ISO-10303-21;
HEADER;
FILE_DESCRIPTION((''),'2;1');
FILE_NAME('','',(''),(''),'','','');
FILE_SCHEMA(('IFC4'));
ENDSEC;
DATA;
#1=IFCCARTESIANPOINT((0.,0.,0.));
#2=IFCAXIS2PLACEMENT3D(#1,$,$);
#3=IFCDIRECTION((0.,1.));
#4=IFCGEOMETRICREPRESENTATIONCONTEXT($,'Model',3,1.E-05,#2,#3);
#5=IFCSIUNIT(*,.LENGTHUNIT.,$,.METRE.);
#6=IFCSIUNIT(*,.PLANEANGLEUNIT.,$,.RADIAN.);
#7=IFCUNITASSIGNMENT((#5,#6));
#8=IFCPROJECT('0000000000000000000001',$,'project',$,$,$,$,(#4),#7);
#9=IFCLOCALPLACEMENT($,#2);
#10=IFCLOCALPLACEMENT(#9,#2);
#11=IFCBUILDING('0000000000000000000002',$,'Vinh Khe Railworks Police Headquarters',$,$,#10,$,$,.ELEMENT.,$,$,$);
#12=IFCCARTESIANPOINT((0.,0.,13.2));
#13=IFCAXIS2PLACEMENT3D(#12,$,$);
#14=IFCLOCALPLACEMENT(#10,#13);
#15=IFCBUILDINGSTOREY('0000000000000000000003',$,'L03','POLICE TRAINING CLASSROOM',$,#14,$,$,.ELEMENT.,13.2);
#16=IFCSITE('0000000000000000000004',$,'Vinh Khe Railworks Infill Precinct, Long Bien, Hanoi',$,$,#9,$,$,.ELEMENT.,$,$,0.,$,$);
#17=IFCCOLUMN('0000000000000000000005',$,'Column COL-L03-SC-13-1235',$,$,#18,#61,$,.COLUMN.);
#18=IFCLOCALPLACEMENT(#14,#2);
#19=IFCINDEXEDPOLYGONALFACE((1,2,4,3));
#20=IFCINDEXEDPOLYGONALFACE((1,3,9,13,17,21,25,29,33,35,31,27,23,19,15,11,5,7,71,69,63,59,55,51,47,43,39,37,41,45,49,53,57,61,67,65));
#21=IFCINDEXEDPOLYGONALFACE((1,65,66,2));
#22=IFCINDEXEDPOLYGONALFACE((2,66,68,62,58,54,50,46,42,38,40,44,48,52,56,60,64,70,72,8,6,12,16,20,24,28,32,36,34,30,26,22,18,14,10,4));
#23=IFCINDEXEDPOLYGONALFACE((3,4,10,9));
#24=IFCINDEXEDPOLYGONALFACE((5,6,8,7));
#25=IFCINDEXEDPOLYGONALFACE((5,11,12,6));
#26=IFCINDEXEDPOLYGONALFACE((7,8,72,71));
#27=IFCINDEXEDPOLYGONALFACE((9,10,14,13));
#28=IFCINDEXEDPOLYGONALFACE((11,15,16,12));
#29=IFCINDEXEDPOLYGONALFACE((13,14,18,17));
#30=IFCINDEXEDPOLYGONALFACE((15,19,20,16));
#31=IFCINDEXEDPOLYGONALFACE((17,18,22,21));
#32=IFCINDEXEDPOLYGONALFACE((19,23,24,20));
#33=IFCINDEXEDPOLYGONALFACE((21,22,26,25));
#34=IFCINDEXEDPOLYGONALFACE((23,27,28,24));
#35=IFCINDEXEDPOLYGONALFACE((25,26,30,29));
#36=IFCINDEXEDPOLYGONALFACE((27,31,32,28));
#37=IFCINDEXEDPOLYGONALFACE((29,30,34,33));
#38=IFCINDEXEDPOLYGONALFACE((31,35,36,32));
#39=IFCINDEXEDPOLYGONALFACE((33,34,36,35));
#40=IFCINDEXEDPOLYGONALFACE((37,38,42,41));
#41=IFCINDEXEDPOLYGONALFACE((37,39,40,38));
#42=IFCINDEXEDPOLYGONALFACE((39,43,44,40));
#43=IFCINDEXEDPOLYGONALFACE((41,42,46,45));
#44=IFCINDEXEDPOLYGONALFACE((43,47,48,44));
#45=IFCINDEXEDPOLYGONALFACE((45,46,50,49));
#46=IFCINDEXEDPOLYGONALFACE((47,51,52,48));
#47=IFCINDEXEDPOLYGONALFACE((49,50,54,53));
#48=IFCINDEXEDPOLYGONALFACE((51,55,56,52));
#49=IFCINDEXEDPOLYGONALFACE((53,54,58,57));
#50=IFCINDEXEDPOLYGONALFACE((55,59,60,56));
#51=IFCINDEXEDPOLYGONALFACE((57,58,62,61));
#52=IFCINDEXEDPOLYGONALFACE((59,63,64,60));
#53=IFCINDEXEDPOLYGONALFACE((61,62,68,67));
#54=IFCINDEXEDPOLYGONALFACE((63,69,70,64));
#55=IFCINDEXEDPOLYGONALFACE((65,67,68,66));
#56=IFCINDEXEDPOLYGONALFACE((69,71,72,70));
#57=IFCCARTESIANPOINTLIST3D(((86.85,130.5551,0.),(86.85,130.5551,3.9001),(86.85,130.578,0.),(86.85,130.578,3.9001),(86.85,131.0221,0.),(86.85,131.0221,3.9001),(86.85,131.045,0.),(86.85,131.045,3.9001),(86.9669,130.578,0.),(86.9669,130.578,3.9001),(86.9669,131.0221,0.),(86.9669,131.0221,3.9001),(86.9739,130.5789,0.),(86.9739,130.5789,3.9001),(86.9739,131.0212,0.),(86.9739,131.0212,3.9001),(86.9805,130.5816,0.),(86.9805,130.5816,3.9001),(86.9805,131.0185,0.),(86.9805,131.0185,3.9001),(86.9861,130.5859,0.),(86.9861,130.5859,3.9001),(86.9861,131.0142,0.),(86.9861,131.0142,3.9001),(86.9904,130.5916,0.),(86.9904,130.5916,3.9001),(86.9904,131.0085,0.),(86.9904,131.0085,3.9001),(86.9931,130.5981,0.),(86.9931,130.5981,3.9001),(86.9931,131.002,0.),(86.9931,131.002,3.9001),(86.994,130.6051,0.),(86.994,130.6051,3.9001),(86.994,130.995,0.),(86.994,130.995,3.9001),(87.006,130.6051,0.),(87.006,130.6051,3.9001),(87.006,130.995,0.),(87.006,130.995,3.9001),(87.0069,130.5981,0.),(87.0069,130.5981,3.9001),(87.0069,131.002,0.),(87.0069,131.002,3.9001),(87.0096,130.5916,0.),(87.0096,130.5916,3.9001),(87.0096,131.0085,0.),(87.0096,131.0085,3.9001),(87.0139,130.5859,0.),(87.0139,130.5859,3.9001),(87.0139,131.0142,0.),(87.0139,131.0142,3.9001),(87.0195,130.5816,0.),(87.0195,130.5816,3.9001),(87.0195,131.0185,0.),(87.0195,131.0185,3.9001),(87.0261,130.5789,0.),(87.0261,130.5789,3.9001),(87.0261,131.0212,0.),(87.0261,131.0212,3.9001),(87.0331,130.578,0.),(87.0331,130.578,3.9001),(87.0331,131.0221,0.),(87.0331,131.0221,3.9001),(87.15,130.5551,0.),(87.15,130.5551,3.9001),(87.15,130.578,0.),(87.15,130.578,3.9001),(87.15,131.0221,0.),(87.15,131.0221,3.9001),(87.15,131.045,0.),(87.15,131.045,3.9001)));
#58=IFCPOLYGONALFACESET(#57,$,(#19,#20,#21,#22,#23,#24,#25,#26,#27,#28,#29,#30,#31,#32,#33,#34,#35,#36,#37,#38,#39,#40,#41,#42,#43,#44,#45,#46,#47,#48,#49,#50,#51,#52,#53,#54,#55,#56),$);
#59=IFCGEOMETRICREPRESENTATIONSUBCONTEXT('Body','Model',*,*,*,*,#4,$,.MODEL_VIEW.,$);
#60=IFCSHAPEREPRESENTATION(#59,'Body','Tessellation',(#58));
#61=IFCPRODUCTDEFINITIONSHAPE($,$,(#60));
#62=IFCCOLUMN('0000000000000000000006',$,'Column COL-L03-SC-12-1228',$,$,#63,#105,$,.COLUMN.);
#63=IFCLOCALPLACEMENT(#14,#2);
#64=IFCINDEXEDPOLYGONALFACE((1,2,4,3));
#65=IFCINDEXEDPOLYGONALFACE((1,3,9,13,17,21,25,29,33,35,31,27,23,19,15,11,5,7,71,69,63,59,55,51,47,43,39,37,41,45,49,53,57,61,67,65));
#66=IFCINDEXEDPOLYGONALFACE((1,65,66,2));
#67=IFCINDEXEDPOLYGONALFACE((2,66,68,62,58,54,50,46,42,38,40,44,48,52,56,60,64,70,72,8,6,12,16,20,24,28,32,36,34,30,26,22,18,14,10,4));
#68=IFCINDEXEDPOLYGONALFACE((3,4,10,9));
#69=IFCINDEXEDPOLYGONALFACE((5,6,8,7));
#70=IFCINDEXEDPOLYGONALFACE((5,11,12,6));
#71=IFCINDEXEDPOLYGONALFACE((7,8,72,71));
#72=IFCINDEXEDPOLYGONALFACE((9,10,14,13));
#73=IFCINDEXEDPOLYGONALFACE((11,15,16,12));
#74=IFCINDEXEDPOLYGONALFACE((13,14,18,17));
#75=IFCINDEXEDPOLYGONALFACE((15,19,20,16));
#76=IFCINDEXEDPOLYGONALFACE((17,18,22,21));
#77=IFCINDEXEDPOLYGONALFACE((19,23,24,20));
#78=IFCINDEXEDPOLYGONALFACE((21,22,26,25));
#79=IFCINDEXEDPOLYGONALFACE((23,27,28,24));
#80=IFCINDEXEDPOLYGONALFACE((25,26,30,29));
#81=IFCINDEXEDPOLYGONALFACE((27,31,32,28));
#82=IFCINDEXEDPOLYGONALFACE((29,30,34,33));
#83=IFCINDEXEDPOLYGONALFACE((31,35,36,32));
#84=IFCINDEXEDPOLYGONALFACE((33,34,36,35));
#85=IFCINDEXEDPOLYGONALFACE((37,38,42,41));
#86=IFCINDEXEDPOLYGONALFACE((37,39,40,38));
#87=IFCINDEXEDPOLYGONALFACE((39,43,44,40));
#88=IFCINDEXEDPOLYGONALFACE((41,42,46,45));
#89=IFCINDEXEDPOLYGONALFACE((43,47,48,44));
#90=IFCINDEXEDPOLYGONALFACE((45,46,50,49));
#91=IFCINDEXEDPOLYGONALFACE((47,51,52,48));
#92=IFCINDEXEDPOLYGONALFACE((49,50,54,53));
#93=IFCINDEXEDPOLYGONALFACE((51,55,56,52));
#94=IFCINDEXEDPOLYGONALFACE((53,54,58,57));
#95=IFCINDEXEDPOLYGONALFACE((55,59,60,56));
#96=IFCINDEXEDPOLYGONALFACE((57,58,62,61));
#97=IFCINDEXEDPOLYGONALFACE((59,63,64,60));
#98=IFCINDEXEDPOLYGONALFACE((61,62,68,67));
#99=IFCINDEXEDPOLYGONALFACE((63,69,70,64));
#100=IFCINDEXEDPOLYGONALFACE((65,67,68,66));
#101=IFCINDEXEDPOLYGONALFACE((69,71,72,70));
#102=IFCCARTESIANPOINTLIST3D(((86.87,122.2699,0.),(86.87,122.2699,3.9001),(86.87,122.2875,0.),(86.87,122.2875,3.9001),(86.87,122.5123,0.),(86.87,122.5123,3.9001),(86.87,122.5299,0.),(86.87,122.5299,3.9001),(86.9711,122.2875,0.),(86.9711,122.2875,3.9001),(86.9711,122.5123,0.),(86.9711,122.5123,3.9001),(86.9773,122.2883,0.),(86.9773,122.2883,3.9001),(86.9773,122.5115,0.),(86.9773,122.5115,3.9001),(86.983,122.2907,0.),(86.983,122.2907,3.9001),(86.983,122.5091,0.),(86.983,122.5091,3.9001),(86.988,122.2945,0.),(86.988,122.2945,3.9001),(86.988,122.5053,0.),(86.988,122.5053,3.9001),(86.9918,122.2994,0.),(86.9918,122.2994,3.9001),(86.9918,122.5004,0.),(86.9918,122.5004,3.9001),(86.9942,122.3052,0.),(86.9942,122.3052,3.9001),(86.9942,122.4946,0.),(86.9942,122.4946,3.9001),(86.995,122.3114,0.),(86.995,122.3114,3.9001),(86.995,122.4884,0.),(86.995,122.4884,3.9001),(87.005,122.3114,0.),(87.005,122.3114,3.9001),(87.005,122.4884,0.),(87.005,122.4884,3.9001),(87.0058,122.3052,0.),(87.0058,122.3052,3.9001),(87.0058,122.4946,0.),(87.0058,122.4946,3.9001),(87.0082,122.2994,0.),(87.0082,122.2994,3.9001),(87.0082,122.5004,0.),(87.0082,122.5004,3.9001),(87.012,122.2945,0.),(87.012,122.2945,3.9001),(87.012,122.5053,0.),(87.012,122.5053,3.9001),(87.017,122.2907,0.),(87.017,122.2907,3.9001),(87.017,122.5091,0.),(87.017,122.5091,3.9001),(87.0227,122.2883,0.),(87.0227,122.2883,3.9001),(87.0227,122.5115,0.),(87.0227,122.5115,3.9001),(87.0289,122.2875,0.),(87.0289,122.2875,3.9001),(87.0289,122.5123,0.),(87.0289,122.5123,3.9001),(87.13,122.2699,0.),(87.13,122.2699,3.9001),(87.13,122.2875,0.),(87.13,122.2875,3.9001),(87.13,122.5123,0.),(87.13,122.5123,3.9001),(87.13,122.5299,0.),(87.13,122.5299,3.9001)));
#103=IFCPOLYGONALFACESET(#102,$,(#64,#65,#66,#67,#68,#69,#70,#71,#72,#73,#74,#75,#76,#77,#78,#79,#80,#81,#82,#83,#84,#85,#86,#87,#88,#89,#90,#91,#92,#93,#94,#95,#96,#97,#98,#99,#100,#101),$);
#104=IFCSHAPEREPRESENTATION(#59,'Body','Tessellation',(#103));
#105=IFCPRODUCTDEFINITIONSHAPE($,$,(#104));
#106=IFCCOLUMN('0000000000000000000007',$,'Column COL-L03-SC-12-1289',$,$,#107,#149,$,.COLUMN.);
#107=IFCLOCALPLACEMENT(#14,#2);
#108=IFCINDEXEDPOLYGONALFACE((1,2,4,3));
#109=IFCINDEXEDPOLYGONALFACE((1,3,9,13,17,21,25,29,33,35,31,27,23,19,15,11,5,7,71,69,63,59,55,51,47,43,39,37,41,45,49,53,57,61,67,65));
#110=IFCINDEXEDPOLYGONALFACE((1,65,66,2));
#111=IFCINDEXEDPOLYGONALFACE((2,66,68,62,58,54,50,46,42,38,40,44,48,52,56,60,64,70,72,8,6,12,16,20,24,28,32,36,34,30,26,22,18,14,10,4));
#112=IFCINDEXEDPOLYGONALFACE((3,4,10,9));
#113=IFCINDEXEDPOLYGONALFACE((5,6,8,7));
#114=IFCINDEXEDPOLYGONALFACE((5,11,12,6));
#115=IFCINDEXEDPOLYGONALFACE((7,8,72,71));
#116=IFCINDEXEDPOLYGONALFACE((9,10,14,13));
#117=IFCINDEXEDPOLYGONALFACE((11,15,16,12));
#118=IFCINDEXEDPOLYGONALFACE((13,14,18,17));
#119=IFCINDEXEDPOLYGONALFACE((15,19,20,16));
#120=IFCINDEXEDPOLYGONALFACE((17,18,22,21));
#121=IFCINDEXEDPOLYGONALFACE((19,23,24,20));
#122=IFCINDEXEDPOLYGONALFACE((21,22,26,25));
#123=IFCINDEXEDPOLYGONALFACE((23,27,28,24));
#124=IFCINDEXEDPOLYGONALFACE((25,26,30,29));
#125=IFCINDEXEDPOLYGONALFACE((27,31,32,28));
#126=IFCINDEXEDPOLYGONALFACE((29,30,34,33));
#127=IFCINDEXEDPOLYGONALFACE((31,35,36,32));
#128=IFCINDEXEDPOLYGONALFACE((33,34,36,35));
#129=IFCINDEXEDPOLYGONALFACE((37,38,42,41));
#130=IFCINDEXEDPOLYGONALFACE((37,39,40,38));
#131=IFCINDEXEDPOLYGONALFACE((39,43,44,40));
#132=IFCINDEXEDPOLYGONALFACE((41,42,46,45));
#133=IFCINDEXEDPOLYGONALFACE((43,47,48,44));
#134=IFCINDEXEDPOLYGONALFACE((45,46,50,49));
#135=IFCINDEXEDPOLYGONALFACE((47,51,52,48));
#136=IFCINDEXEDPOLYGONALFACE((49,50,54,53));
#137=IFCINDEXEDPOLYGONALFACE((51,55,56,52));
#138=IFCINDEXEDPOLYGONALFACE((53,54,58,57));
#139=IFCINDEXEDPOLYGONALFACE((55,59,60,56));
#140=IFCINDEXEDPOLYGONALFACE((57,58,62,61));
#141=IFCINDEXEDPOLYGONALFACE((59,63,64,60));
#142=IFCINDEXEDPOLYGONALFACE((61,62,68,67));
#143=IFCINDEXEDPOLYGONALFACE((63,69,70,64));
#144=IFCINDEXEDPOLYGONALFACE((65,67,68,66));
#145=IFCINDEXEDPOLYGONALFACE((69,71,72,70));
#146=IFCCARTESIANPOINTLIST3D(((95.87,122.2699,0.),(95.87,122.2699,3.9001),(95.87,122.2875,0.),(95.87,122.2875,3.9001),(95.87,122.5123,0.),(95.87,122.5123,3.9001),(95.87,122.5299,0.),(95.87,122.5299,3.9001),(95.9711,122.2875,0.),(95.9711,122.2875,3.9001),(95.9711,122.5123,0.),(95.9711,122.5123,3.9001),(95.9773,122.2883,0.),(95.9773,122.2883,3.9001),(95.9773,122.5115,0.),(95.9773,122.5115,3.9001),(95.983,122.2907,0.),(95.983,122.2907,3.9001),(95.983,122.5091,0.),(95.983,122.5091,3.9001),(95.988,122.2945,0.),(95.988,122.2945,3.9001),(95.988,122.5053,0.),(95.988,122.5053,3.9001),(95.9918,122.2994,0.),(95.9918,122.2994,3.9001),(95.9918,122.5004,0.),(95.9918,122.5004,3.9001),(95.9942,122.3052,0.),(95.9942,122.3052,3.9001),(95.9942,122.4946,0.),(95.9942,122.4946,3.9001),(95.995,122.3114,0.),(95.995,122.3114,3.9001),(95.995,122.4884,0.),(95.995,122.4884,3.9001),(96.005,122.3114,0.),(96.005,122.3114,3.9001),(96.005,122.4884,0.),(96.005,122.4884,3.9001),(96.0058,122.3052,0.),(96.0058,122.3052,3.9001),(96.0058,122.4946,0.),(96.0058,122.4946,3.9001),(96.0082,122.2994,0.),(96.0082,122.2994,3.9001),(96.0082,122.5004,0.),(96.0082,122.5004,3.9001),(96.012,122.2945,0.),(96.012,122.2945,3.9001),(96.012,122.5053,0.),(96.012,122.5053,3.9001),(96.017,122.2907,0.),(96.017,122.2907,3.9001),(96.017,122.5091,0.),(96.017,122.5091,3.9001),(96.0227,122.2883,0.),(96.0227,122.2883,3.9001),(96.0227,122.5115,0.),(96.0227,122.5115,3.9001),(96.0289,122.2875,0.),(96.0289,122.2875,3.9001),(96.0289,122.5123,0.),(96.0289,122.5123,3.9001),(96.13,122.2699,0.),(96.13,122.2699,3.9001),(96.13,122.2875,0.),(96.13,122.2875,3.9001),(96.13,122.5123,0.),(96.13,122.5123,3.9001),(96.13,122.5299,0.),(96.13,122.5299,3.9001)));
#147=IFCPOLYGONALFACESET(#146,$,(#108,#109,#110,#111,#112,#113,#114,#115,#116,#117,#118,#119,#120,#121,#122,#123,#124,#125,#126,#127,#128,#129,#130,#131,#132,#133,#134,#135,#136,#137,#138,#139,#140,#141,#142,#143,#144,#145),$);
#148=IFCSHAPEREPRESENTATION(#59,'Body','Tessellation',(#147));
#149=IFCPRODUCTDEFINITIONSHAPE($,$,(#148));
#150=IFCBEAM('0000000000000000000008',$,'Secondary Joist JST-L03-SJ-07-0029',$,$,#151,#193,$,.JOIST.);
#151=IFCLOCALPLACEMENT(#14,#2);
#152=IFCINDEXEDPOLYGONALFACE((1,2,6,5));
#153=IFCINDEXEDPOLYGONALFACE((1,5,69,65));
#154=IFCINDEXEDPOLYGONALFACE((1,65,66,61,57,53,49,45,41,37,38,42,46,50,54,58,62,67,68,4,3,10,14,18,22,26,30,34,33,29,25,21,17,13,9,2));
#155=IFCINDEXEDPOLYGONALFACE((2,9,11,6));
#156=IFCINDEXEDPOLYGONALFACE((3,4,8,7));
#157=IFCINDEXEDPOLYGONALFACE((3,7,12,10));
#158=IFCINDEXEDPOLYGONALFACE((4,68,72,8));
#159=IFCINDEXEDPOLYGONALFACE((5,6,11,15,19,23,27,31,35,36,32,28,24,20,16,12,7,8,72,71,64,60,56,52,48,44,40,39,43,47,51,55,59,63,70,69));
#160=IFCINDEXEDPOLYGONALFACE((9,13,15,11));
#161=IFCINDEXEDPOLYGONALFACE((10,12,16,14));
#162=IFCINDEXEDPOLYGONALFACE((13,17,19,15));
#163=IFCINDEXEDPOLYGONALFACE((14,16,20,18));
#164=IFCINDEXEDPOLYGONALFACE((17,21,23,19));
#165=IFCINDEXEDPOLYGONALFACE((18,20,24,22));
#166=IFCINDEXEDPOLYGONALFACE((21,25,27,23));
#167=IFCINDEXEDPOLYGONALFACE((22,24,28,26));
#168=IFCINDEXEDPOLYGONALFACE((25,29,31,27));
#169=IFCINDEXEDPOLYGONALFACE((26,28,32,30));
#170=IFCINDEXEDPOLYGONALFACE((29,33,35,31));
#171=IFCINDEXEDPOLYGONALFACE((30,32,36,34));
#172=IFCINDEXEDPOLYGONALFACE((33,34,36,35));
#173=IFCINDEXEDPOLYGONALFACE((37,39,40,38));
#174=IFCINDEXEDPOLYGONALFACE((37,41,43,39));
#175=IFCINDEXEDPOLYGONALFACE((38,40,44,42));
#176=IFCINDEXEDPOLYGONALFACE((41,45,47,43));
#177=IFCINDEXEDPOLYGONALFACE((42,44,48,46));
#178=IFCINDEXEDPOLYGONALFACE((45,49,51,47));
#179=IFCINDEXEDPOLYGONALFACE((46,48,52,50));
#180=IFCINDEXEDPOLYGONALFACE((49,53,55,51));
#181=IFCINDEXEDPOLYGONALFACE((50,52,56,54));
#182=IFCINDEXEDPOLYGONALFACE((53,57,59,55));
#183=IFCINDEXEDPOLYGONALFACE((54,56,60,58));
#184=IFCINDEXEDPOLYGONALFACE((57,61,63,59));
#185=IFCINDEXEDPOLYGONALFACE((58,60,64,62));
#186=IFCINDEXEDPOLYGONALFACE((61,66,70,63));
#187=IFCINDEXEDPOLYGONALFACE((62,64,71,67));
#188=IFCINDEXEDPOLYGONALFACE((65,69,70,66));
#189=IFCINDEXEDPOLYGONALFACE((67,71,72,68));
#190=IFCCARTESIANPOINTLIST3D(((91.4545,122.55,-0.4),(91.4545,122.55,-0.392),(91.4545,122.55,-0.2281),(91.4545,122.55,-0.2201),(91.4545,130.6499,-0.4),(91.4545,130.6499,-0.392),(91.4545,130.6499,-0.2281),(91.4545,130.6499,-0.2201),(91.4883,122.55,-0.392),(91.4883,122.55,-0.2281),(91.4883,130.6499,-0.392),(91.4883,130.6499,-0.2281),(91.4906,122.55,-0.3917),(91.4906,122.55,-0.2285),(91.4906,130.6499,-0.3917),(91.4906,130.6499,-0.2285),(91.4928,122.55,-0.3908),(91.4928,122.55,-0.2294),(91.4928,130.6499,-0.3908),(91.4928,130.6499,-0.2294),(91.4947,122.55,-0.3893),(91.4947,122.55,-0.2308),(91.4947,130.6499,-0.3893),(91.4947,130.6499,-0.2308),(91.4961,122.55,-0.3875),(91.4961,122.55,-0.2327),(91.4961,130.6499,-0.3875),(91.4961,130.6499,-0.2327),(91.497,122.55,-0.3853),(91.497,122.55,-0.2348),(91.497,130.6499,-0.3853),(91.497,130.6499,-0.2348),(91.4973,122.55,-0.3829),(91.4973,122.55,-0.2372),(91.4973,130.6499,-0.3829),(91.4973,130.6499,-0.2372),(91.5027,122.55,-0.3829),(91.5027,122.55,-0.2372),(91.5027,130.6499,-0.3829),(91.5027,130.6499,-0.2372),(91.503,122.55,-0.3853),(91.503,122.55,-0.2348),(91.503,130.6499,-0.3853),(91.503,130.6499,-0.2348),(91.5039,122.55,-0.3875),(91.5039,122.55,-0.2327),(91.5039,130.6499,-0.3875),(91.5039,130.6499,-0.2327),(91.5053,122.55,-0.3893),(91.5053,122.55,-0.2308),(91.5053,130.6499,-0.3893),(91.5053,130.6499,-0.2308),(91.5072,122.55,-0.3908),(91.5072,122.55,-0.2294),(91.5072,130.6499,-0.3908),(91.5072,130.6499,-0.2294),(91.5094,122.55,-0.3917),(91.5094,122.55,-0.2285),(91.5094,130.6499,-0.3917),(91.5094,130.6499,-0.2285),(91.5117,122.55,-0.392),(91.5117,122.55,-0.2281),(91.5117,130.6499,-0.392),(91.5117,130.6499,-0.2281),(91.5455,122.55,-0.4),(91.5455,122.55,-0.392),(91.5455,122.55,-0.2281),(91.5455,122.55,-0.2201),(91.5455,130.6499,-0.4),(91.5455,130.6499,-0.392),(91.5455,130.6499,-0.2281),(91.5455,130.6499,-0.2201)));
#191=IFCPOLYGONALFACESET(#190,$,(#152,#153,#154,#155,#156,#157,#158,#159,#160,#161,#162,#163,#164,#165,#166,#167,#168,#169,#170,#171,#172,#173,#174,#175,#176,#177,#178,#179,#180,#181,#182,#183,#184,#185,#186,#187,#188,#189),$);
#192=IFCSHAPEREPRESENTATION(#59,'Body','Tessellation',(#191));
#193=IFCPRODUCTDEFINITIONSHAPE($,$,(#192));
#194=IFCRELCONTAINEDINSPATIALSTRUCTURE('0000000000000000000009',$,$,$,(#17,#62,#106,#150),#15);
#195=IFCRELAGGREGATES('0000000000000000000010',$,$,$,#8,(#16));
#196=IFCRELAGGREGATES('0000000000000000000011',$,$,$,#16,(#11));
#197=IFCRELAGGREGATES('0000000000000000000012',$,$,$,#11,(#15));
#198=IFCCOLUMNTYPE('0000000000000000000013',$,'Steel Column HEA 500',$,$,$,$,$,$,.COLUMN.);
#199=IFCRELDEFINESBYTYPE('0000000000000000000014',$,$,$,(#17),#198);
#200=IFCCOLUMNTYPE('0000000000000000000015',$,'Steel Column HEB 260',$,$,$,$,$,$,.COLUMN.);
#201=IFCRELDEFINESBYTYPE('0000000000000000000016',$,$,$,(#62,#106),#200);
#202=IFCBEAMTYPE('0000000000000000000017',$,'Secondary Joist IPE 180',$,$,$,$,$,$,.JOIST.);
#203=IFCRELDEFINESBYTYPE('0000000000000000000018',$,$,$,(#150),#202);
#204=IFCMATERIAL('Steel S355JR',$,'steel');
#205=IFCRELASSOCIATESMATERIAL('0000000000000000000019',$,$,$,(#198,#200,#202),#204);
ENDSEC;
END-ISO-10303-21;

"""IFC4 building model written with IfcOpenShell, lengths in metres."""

from ifc_helpers import new_model, si_unit, direction, frame, origin, origin_2d, place, context, subcontext, project, spatial, i_section, extrude, material, material_profile, profile_set, type_object, element, save


model = new_model("IFC4")

# Units and contexts
model_context = context("Model", 3, precision=1e-05, world=origin(), true_north=direction((0.0, 1.0)))
body_context = subcontext(model_context, "Body", "Model", "MODEL_VIEW")
ifc_project = project(units=[si_unit("LENGTHUNIT", "METRE"), si_unit("PLANEANGLEUNIT", "RADIAN")], contexts=[model_context])

# Site, building, storey
site_placement = place(None, origin())
site = spatial("IfcSite", under=ifc_project, at=site_placement, Name="Vinh Khe Railworks Infill Precinct, Long Bien, Hanoi", CompositionType="ELEMENT", RefElevation=0.0)
building_placement = place(site_placement, origin())
building = spatial("IfcBuilding", under=site, at=building_placement, Name="Vinh Khe Railworks Police Headquarters", CompositionType="ELEMENT")
storey_placement = place(building_placement, frame((0.0, 0.0, 13.2)))
storey = spatial("IfcBuildingStorey", under=building, at=storey_placement, Name="L03", Description="POLICE TRAINING CLASSROOM", CompositionType="ELEMENT", Elevation=13.2)

# Columns
ifc_material_1 = material(Name="Steel S355JR", Category="steel")
ifc_material_profile_1 = material_profile(ifc_material_1, i_section(OverallWidth=0.3, OverallDepth=0.49, WebThickness=0.012, FlangeThickness=0.0229, FilletRadius=0.0271, at=origin_2d()), Name="HEA 500")
ifc_profile_set_1 = profile_set([ifc_material_profile_1], Name="Steel S355JR")
column_type_1 = type_object("IfcColumnType", Name="Steel Column HEA 500", PredefinedType="COLUMN", material=ifc_profile_set_1)
column_placement = place(storey_placement, frame((87.0, 130.8, 0.0), z_axis=(0.0, 0.0, 1.0), x_axis=(1.0, 0.0, 0.0)))
element("IfcColumn", 1, at=column_placement, inside=storey, type_object=column_type_1, Name="Column COL-L03-SC-13-1235", PredefinedType="COLUMN", context=body_context, shape_type="SweptSolid", body=[
    extrude(i_section(OverallWidth=0.3, OverallDepth=0.49, WebThickness=0.012, FlangeThickness=0.0229, FilletRadius=0.0271, at=origin_2d()), origin(), (0.0, 0.0, 1.0), 3.9001),
])
ifc_material_profile_2 = material_profile(ifc_material_1, i_section(OverallWidth=0.26, OverallDepth=0.26, WebThickness=0.01, FlangeThickness=0.0176, FilletRadius=0.0239, at=origin_2d()), Name="HEB 260")
ifc_profile_set_2 = profile_set([ifc_material_profile_2], Name="Steel S355JR")
column_type_2 = type_object("IfcColumnType", Name="Steel Column HEB 260", PredefinedType="COLUMN", material=ifc_profile_set_2)
for number, where, z_axis, x_axis, name in (
    (2, (87.0, 122.3999, 0.0), (0.0, 0.0, 1.0), (1.0, 0.0, 0.0), "Column COL-L03-SC-12-1228"),
    (3, (96.0, 122.3999, 0.0), (0.0, 0.0, 1.0), (1.0, 0.0, 0.0), "Column COL-L03-SC-12-1289"),
):
    element("IfcColumn", number, at=place(storey_placement, frame(where, z_axis=z_axis, x_axis=x_axis)), inside=storey, type_object=column_type_2, Name=name, PredefinedType="COLUMN", context=body_context, shape_type="SweptSolid", body=[
        extrude(i_section(OverallWidth=0.26, OverallDepth=0.26, WebThickness=0.01, FlangeThickness=0.0176, FilletRadius=0.0239, at=origin_2d()), origin(), (0.0, 0.0, 1.0), 3.9001),
    ])

# Beam
ifc_material_profile_3 = material_profile(ifc_material_1, i_section(OverallWidth=0.0911, OverallDepth=0.1799, WebThickness=0.0054, FlangeThickness=0.0081, FilletRadius=0.009, at=origin_2d()), Name="IPE 180")
ifc_profile_set_3 = profile_set([ifc_material_profile_3], Name="Steel S355JR")
beam_type_1 = type_object("IfcBeamType", Name="Secondary Joist IPE 180", PredefinedType="JOIST", material=ifc_profile_set_3)
beam_1_placement = place(storey_placement, frame((91.5, 122.55, -0.3101), z_axis=(0.0, 1.0, 0.0), x_axis=(-1.0, 0.0, 0.0)))
element("IfcBeam", 4, at=beam_1_placement, inside=storey, type_object=beam_type_1, Name="Secondary Joist JST-L03-SJ-07-0029", PredefinedType="JOIST", context=body_context, shape_type="SweptSolid", body=[
    extrude(i_section(OverallWidth=0.0911, OverallDepth=0.1799, WebThickness=0.0054, FlangeThickness=0.0081, FilletRadius=0.009, at=origin_2d()), origin(), (0.0, 0.0, 1.0), 8.0999),
])

save(model, "model.ifc")
